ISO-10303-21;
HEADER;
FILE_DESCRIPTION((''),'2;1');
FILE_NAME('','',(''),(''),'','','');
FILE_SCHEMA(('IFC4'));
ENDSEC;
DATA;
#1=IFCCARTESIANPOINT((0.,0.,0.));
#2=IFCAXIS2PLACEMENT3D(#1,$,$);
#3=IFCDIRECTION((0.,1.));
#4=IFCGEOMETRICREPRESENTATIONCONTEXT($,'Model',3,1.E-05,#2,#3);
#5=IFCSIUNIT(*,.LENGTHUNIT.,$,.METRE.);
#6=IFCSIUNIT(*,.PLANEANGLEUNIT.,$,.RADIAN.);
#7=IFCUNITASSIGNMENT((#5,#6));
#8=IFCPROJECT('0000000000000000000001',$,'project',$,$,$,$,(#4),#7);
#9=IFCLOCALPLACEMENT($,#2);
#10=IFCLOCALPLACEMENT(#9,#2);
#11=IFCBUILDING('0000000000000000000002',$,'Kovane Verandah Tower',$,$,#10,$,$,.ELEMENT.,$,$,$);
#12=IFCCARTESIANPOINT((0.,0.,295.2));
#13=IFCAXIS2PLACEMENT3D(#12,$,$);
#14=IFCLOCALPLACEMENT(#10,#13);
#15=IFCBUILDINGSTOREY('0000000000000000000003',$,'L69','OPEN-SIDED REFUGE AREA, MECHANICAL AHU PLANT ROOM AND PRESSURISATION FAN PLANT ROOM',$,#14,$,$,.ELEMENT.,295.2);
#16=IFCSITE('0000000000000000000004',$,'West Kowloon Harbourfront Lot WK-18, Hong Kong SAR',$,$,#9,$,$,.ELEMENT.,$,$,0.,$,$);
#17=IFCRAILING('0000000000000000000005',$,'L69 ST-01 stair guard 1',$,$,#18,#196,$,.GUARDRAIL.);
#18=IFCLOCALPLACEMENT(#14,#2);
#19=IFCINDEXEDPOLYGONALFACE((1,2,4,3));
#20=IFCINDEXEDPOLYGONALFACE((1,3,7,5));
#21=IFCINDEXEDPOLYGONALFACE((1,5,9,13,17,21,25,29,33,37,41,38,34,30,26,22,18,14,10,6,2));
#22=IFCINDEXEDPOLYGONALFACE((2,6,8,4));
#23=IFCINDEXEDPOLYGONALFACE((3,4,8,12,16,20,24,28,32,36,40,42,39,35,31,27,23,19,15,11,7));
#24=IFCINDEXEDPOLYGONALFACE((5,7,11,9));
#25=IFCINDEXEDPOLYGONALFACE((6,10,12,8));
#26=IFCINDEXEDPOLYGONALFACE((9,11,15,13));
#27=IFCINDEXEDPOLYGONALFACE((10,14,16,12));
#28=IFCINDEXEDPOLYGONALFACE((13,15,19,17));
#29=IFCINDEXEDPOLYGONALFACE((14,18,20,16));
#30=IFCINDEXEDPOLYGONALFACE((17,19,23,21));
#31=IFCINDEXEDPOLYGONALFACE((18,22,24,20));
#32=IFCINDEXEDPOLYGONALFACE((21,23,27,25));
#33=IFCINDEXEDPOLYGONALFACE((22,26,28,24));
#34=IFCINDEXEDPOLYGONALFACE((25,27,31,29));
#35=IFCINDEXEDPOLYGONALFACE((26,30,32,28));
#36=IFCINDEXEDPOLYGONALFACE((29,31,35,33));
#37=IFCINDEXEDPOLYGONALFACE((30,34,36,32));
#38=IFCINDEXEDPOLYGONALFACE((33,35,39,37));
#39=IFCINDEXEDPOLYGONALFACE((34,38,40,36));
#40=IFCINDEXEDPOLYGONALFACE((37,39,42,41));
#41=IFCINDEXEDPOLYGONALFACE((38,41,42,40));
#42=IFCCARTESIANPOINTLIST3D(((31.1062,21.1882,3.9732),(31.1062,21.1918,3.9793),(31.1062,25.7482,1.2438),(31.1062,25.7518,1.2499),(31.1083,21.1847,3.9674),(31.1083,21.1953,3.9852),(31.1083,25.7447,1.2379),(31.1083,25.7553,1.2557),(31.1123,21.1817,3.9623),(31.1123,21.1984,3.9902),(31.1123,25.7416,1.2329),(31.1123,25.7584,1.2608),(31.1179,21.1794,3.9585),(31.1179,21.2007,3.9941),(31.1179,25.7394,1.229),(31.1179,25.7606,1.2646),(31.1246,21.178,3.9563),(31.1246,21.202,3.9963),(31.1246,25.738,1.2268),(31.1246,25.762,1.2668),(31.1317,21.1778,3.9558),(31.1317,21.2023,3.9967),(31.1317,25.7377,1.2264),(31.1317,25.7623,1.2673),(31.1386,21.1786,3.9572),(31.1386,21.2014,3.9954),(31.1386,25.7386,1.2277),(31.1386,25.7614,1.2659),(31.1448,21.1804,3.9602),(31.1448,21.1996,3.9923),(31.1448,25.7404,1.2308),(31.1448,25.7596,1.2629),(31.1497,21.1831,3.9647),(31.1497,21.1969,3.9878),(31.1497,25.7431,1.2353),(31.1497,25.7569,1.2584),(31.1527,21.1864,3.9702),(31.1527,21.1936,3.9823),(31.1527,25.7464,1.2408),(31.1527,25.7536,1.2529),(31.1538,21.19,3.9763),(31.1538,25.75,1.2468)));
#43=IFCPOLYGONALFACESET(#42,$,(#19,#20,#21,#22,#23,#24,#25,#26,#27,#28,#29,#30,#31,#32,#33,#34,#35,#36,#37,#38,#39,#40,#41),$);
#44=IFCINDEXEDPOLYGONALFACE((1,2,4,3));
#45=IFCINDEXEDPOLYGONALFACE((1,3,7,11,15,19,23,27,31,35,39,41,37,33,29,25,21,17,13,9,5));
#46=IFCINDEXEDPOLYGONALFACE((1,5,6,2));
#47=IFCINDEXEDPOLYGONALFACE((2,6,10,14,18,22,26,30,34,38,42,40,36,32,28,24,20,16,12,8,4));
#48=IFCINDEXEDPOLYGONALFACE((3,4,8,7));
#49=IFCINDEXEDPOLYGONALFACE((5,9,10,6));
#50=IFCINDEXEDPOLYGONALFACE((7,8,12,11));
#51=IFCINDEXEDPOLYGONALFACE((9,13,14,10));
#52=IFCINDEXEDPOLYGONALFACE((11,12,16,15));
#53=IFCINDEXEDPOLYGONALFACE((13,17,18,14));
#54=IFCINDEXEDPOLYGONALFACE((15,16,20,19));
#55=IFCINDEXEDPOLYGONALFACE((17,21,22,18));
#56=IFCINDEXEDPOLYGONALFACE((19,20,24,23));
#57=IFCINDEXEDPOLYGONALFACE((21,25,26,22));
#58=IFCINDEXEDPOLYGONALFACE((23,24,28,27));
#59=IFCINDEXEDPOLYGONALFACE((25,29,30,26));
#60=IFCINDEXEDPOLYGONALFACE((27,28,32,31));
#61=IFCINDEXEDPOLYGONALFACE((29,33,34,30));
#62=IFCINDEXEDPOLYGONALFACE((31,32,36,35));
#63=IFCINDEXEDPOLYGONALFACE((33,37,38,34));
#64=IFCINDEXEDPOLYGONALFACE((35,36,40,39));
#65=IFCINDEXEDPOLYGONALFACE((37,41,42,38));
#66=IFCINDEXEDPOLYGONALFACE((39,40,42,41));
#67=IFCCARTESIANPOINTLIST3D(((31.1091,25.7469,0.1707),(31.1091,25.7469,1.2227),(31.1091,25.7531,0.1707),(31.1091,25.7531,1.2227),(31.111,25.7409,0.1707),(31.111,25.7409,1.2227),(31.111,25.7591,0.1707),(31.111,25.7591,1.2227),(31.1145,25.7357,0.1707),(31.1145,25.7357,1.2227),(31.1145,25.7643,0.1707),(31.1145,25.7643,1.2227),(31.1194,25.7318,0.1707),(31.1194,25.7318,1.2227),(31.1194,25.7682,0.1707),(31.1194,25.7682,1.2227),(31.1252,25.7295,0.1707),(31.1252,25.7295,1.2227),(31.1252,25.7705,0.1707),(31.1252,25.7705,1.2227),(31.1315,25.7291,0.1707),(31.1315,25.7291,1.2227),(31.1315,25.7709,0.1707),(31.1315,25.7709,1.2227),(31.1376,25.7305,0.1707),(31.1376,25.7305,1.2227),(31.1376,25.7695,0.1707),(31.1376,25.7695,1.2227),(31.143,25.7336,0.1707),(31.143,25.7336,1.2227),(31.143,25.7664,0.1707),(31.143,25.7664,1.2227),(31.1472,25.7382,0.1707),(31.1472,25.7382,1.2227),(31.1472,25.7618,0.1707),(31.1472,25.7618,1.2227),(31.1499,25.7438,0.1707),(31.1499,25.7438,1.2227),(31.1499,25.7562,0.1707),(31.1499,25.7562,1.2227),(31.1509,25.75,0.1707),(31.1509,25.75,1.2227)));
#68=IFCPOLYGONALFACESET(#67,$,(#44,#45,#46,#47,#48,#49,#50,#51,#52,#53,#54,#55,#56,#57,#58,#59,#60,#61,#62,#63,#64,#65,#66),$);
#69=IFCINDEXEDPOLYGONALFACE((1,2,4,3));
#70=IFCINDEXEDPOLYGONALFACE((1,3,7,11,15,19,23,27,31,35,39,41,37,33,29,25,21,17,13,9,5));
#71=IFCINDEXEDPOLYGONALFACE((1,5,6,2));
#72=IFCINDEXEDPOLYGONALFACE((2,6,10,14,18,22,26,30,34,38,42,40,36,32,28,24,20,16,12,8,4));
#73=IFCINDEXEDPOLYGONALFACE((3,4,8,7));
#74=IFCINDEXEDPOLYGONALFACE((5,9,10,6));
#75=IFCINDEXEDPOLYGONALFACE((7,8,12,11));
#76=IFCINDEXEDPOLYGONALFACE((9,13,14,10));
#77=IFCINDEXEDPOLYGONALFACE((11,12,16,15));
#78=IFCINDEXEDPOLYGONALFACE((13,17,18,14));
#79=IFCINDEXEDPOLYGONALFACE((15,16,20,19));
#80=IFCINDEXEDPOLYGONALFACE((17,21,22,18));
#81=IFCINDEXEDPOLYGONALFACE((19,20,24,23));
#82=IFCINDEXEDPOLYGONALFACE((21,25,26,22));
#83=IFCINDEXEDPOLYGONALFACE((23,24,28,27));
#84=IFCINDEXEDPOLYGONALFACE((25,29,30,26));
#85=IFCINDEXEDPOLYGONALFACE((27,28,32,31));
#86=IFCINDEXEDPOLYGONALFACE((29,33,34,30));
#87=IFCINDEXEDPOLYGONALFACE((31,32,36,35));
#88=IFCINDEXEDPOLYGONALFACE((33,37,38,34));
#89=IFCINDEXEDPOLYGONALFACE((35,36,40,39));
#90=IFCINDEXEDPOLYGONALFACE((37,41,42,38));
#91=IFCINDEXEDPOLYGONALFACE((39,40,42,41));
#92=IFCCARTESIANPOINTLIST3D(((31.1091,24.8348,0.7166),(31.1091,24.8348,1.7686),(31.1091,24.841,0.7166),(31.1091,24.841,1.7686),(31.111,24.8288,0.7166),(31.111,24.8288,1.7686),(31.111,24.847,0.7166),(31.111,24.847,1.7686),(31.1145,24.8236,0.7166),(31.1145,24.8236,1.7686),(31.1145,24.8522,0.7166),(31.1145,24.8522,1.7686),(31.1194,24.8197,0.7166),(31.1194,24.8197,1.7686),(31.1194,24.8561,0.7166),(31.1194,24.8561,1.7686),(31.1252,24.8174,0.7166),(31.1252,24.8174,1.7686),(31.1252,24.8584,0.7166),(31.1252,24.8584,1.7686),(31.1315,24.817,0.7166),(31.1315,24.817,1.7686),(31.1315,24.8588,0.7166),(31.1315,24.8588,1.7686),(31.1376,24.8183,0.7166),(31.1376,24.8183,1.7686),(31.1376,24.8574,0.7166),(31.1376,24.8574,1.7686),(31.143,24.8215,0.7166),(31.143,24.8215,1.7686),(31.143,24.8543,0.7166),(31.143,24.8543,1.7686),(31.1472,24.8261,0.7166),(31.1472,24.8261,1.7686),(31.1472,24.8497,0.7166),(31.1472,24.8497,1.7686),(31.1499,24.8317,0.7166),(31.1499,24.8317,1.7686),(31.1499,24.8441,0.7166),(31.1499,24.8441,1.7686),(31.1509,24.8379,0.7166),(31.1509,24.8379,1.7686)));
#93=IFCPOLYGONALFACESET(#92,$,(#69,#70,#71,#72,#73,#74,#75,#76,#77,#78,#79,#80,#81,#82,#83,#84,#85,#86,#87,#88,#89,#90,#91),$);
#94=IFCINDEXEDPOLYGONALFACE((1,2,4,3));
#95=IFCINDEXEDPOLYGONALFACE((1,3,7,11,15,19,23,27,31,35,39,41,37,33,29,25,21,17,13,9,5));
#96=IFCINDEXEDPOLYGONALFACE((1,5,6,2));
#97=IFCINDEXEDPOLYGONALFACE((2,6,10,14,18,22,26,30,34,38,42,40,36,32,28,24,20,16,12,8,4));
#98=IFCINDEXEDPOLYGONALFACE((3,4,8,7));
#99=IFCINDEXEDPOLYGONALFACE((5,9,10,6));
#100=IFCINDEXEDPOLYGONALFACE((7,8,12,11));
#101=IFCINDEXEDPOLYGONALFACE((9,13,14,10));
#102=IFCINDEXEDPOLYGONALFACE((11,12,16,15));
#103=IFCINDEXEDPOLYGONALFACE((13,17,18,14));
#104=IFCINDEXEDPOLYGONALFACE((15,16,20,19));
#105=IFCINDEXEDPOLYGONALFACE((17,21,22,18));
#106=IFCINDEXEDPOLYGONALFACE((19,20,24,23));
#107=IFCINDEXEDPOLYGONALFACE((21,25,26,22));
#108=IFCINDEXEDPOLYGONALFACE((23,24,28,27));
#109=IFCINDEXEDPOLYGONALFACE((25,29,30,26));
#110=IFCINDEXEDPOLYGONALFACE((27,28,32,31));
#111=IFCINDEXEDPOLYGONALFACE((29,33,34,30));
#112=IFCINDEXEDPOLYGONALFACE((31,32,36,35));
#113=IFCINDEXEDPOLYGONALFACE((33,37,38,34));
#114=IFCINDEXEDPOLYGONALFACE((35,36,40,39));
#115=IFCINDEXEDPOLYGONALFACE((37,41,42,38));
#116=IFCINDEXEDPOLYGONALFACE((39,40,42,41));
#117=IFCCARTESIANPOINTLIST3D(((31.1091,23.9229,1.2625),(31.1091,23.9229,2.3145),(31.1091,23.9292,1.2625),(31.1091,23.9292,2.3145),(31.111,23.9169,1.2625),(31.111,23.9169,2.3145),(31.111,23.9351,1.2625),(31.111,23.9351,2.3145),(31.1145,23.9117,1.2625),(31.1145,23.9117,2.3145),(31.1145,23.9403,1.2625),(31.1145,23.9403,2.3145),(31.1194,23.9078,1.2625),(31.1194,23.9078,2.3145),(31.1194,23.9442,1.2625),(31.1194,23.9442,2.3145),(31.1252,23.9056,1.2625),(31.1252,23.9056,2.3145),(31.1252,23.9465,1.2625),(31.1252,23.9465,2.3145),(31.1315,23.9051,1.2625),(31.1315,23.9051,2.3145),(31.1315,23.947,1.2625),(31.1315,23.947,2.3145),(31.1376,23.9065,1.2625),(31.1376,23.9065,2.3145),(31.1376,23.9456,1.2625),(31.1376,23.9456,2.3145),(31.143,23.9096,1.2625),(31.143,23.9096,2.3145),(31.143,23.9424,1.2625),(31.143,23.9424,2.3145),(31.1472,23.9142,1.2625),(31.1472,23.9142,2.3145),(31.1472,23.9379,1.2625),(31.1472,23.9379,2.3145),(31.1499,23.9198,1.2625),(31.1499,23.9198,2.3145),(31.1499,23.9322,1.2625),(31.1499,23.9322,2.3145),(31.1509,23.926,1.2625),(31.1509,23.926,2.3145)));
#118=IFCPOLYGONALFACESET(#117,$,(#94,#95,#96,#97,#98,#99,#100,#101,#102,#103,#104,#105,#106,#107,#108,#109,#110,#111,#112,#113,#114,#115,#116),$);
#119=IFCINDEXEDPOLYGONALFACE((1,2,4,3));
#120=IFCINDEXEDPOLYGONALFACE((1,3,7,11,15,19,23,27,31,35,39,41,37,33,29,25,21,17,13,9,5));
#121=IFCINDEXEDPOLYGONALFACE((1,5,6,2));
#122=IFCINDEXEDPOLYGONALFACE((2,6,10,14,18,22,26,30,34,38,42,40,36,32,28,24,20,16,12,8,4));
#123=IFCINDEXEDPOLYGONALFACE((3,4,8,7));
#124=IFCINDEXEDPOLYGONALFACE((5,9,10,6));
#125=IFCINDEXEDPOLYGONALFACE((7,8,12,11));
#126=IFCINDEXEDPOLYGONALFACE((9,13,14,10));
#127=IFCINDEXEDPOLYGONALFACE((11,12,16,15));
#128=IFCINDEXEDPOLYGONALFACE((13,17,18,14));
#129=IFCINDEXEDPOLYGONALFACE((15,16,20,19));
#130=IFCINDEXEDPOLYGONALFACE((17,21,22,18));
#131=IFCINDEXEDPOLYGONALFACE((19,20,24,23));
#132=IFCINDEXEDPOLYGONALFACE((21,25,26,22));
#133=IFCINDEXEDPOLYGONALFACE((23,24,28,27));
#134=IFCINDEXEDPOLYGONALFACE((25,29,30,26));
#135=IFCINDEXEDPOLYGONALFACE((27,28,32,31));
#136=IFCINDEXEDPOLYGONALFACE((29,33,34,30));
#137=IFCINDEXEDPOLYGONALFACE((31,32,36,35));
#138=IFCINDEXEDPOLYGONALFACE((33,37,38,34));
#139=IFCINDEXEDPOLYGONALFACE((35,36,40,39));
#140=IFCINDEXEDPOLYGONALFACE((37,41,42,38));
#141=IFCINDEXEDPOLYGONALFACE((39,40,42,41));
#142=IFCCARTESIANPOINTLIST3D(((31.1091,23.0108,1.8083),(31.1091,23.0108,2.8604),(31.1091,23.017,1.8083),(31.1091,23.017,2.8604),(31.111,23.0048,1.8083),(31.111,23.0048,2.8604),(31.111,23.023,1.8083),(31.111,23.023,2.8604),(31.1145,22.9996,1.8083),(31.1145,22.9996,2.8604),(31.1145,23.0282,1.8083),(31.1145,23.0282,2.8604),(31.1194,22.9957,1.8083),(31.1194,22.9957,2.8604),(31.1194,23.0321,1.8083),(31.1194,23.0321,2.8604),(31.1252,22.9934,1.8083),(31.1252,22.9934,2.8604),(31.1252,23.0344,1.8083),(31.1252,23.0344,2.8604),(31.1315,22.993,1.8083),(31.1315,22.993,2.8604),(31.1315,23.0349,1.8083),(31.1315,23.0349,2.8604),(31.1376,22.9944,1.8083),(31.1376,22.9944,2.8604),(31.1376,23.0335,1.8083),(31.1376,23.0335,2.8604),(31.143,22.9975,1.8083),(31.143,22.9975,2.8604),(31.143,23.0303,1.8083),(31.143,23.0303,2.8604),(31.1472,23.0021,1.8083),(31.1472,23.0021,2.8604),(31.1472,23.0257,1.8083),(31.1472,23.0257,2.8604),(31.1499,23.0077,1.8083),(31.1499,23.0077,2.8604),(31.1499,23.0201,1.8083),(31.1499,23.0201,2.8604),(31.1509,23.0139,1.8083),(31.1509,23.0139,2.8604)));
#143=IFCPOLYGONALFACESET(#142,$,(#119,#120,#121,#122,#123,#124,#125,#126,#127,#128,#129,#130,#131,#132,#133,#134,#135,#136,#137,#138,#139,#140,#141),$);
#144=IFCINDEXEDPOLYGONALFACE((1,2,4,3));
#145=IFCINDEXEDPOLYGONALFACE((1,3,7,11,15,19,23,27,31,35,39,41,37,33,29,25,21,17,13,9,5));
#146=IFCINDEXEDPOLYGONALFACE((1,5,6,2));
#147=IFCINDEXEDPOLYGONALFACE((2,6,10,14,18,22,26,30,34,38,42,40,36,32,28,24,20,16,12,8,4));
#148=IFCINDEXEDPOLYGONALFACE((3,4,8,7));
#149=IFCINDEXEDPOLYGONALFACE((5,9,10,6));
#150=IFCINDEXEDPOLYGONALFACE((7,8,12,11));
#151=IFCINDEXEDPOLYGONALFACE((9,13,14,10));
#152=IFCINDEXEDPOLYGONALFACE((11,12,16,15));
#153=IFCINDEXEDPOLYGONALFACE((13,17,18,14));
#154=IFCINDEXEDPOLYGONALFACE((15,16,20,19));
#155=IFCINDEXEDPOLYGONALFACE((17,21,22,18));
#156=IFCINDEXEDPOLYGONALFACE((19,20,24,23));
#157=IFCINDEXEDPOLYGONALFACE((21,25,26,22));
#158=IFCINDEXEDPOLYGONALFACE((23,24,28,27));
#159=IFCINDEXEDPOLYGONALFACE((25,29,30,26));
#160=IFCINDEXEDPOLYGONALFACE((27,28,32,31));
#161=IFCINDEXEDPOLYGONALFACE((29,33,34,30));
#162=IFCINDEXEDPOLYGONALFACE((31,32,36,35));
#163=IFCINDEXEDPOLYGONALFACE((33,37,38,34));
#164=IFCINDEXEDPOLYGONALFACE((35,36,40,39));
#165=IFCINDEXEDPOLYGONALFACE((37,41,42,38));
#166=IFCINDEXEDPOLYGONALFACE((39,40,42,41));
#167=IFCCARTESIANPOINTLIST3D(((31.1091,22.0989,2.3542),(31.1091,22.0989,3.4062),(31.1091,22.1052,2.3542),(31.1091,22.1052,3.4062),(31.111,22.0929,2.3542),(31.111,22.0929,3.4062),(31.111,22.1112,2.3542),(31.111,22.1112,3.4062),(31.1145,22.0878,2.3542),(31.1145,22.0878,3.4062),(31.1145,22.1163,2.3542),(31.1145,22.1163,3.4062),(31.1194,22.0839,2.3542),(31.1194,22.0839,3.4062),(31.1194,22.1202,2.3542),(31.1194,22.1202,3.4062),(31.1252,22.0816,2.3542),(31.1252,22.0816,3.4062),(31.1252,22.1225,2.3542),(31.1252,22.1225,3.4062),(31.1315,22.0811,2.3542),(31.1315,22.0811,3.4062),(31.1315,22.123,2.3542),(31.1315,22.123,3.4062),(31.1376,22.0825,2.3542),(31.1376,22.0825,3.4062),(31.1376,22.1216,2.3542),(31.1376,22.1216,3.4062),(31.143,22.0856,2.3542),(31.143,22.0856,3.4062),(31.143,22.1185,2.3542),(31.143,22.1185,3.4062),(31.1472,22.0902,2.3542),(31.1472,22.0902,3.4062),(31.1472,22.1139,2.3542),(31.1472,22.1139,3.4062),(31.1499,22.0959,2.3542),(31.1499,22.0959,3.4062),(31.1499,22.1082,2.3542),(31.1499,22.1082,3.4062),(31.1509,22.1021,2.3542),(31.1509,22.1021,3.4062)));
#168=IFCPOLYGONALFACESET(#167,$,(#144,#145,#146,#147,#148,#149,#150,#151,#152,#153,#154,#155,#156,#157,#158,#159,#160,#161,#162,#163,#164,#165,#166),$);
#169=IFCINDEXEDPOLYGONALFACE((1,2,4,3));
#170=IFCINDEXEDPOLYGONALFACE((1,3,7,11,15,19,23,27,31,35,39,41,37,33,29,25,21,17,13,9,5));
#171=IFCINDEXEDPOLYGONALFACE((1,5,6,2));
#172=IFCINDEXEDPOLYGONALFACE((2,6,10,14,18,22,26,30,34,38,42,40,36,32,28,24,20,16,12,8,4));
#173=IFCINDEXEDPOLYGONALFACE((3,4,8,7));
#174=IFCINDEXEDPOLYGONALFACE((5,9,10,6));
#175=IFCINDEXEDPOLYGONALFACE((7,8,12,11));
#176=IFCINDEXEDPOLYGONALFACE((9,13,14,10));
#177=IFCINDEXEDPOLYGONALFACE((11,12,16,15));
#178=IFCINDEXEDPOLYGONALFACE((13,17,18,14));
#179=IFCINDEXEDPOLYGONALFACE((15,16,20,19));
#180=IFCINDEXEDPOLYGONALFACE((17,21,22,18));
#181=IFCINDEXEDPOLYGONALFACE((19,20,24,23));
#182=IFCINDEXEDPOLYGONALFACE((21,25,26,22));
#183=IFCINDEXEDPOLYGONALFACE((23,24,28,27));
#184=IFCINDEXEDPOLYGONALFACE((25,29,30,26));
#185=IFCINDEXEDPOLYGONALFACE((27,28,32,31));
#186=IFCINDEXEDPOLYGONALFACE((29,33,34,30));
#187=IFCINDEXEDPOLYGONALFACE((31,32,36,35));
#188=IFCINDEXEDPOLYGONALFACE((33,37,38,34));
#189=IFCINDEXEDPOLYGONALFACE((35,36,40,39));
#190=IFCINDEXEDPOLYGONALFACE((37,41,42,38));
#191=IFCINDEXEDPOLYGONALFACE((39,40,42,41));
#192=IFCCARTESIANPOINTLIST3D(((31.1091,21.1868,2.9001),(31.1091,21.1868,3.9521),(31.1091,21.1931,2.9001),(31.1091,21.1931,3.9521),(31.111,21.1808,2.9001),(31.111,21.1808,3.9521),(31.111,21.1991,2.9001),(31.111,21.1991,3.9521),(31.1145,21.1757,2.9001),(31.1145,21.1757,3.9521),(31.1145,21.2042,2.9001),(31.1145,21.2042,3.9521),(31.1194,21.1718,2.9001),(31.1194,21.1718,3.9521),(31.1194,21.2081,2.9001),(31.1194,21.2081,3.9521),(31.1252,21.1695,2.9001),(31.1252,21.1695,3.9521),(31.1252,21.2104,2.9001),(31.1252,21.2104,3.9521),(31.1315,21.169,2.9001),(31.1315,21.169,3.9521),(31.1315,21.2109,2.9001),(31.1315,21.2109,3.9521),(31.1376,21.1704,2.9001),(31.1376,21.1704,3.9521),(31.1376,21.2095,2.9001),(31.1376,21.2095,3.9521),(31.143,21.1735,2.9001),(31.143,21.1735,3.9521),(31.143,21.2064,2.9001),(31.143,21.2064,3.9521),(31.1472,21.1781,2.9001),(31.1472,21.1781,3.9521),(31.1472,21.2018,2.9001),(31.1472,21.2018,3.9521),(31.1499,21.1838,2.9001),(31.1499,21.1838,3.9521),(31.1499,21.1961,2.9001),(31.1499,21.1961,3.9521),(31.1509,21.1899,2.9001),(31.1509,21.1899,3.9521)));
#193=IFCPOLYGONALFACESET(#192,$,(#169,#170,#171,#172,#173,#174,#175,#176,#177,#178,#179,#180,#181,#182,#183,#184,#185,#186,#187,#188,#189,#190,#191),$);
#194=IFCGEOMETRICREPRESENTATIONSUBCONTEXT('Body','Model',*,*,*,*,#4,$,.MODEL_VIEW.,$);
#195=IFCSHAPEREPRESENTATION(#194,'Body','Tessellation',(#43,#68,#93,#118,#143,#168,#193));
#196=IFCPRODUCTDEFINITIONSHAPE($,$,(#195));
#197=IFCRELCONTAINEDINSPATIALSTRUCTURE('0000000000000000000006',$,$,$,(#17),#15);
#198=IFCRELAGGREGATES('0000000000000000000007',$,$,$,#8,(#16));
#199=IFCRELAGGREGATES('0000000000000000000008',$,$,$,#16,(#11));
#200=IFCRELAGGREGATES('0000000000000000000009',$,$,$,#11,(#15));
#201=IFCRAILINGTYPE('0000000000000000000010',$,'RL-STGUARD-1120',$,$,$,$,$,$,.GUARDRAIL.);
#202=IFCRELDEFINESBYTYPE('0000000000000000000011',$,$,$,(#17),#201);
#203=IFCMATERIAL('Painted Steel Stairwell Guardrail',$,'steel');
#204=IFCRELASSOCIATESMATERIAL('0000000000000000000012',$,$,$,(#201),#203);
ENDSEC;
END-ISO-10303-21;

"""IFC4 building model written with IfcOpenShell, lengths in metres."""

from ifc_helpers import new_model, si_unit, direction, frame, origin, origin_2d, place, context, subcontext, project, spatial, circle, extrude, material, type_object, element, save


model = new_model("IFC4")

# Units and contexts
model_context = context("Model", 3, precision=1e-05, world=origin(), true_north=direction((0.0, 1.0)))
body_context = subcontext(model_context, "Body", "Model", "MODEL_VIEW")
ifc_project = project(units=[si_unit("LENGTHUNIT", "METRE"), si_unit("PLANEANGLEUNIT", "RADIAN")], contexts=[model_context])

# Site, building, storey
site_placement = place(None, origin())
site = spatial("IfcSite", under=ifc_project, at=site_placement, Name="West Kowloon Harbourfront Lot WK-18, Hong Kong SAR", CompositionType="ELEMENT", RefElevation=0.0)
building_placement = place(site_placement, origin())
building = spatial("IfcBuilding", under=site, at=building_placement, Name="Kovane Verandah Tower", CompositionType="ELEMENT")
storey_placement = place(building_placement, frame((0.0, 0.0, 295.2)))
storey = spatial("IfcBuildingStorey", under=building, at=storey_placement, Name="L69", Description="OPEN-SIDED REFUGE AREA, MECHANICAL AHU PLANT ROOM AND PRESSURISATION FAN PLANT ROOM", CompositionType="ELEMENT", Elevation=295.2)

# Railing
ifc_material_1 = material(Name="Painted Steel Stairwell Guardrail", Category="steel")
railing_type_1 = type_object("IfcRailingType", Name="RL-STGUARD-1120", PredefinedType="GUARDRAIL", material=ifc_material_1)
railing_1_placement = place(storey_placement, frame((31.1299, 25.75, 0.1707)))
element("IfcRailing", 1, at=railing_1_placement, inside=storey, type_object=railing_type_1, Name="L69 ST-01 stair guard 1", PredefinedType="GUARDRAIL", context=body_context, shape_type="SweptSolid", body=[
    extrude(circle(Radius=0.0239, at=origin_2d()), frame((0.0, 0.0, 1.0762), z_axis=(0.0, -0.858036, 0.51359), x_axis=(1.0, 0.0, 0.0)), (0.0, 0.0, 1.0), 5.3145),
    extrude(circle(Radius=0.021, at=origin_2d()), origin(), (0.0, 0.0, 1.0), 1.052),
    extrude(circle(Radius=0.021, at=origin_2d()), frame((0.0, -0.9121, 0.5459)), (0.0, 0.0, 1.0), 1.052),
    extrude(circle(Radius=0.021, at=origin_2d()), frame((0.0, -1.824, 1.0918)), (0.0, 0.0, 1.0), 1.052),
    extrude(circle(Radius=0.021, at=origin_2d()), frame((0.0, -2.7361, 1.6377)), (0.0, 0.0, 1.0), 1.052),
    extrude(circle(Radius=0.021, at=origin_2d()), frame((0.0, -3.6479, 2.1836)), (0.0, 0.0, 1.0), 1.052),
    extrude(circle(Radius=0.021, at=origin_2d()), frame((0.0, -4.5601, 2.7295)), (0.0, 0.0, 1.0), 1.052),
])

save(model, "model.ifc")
